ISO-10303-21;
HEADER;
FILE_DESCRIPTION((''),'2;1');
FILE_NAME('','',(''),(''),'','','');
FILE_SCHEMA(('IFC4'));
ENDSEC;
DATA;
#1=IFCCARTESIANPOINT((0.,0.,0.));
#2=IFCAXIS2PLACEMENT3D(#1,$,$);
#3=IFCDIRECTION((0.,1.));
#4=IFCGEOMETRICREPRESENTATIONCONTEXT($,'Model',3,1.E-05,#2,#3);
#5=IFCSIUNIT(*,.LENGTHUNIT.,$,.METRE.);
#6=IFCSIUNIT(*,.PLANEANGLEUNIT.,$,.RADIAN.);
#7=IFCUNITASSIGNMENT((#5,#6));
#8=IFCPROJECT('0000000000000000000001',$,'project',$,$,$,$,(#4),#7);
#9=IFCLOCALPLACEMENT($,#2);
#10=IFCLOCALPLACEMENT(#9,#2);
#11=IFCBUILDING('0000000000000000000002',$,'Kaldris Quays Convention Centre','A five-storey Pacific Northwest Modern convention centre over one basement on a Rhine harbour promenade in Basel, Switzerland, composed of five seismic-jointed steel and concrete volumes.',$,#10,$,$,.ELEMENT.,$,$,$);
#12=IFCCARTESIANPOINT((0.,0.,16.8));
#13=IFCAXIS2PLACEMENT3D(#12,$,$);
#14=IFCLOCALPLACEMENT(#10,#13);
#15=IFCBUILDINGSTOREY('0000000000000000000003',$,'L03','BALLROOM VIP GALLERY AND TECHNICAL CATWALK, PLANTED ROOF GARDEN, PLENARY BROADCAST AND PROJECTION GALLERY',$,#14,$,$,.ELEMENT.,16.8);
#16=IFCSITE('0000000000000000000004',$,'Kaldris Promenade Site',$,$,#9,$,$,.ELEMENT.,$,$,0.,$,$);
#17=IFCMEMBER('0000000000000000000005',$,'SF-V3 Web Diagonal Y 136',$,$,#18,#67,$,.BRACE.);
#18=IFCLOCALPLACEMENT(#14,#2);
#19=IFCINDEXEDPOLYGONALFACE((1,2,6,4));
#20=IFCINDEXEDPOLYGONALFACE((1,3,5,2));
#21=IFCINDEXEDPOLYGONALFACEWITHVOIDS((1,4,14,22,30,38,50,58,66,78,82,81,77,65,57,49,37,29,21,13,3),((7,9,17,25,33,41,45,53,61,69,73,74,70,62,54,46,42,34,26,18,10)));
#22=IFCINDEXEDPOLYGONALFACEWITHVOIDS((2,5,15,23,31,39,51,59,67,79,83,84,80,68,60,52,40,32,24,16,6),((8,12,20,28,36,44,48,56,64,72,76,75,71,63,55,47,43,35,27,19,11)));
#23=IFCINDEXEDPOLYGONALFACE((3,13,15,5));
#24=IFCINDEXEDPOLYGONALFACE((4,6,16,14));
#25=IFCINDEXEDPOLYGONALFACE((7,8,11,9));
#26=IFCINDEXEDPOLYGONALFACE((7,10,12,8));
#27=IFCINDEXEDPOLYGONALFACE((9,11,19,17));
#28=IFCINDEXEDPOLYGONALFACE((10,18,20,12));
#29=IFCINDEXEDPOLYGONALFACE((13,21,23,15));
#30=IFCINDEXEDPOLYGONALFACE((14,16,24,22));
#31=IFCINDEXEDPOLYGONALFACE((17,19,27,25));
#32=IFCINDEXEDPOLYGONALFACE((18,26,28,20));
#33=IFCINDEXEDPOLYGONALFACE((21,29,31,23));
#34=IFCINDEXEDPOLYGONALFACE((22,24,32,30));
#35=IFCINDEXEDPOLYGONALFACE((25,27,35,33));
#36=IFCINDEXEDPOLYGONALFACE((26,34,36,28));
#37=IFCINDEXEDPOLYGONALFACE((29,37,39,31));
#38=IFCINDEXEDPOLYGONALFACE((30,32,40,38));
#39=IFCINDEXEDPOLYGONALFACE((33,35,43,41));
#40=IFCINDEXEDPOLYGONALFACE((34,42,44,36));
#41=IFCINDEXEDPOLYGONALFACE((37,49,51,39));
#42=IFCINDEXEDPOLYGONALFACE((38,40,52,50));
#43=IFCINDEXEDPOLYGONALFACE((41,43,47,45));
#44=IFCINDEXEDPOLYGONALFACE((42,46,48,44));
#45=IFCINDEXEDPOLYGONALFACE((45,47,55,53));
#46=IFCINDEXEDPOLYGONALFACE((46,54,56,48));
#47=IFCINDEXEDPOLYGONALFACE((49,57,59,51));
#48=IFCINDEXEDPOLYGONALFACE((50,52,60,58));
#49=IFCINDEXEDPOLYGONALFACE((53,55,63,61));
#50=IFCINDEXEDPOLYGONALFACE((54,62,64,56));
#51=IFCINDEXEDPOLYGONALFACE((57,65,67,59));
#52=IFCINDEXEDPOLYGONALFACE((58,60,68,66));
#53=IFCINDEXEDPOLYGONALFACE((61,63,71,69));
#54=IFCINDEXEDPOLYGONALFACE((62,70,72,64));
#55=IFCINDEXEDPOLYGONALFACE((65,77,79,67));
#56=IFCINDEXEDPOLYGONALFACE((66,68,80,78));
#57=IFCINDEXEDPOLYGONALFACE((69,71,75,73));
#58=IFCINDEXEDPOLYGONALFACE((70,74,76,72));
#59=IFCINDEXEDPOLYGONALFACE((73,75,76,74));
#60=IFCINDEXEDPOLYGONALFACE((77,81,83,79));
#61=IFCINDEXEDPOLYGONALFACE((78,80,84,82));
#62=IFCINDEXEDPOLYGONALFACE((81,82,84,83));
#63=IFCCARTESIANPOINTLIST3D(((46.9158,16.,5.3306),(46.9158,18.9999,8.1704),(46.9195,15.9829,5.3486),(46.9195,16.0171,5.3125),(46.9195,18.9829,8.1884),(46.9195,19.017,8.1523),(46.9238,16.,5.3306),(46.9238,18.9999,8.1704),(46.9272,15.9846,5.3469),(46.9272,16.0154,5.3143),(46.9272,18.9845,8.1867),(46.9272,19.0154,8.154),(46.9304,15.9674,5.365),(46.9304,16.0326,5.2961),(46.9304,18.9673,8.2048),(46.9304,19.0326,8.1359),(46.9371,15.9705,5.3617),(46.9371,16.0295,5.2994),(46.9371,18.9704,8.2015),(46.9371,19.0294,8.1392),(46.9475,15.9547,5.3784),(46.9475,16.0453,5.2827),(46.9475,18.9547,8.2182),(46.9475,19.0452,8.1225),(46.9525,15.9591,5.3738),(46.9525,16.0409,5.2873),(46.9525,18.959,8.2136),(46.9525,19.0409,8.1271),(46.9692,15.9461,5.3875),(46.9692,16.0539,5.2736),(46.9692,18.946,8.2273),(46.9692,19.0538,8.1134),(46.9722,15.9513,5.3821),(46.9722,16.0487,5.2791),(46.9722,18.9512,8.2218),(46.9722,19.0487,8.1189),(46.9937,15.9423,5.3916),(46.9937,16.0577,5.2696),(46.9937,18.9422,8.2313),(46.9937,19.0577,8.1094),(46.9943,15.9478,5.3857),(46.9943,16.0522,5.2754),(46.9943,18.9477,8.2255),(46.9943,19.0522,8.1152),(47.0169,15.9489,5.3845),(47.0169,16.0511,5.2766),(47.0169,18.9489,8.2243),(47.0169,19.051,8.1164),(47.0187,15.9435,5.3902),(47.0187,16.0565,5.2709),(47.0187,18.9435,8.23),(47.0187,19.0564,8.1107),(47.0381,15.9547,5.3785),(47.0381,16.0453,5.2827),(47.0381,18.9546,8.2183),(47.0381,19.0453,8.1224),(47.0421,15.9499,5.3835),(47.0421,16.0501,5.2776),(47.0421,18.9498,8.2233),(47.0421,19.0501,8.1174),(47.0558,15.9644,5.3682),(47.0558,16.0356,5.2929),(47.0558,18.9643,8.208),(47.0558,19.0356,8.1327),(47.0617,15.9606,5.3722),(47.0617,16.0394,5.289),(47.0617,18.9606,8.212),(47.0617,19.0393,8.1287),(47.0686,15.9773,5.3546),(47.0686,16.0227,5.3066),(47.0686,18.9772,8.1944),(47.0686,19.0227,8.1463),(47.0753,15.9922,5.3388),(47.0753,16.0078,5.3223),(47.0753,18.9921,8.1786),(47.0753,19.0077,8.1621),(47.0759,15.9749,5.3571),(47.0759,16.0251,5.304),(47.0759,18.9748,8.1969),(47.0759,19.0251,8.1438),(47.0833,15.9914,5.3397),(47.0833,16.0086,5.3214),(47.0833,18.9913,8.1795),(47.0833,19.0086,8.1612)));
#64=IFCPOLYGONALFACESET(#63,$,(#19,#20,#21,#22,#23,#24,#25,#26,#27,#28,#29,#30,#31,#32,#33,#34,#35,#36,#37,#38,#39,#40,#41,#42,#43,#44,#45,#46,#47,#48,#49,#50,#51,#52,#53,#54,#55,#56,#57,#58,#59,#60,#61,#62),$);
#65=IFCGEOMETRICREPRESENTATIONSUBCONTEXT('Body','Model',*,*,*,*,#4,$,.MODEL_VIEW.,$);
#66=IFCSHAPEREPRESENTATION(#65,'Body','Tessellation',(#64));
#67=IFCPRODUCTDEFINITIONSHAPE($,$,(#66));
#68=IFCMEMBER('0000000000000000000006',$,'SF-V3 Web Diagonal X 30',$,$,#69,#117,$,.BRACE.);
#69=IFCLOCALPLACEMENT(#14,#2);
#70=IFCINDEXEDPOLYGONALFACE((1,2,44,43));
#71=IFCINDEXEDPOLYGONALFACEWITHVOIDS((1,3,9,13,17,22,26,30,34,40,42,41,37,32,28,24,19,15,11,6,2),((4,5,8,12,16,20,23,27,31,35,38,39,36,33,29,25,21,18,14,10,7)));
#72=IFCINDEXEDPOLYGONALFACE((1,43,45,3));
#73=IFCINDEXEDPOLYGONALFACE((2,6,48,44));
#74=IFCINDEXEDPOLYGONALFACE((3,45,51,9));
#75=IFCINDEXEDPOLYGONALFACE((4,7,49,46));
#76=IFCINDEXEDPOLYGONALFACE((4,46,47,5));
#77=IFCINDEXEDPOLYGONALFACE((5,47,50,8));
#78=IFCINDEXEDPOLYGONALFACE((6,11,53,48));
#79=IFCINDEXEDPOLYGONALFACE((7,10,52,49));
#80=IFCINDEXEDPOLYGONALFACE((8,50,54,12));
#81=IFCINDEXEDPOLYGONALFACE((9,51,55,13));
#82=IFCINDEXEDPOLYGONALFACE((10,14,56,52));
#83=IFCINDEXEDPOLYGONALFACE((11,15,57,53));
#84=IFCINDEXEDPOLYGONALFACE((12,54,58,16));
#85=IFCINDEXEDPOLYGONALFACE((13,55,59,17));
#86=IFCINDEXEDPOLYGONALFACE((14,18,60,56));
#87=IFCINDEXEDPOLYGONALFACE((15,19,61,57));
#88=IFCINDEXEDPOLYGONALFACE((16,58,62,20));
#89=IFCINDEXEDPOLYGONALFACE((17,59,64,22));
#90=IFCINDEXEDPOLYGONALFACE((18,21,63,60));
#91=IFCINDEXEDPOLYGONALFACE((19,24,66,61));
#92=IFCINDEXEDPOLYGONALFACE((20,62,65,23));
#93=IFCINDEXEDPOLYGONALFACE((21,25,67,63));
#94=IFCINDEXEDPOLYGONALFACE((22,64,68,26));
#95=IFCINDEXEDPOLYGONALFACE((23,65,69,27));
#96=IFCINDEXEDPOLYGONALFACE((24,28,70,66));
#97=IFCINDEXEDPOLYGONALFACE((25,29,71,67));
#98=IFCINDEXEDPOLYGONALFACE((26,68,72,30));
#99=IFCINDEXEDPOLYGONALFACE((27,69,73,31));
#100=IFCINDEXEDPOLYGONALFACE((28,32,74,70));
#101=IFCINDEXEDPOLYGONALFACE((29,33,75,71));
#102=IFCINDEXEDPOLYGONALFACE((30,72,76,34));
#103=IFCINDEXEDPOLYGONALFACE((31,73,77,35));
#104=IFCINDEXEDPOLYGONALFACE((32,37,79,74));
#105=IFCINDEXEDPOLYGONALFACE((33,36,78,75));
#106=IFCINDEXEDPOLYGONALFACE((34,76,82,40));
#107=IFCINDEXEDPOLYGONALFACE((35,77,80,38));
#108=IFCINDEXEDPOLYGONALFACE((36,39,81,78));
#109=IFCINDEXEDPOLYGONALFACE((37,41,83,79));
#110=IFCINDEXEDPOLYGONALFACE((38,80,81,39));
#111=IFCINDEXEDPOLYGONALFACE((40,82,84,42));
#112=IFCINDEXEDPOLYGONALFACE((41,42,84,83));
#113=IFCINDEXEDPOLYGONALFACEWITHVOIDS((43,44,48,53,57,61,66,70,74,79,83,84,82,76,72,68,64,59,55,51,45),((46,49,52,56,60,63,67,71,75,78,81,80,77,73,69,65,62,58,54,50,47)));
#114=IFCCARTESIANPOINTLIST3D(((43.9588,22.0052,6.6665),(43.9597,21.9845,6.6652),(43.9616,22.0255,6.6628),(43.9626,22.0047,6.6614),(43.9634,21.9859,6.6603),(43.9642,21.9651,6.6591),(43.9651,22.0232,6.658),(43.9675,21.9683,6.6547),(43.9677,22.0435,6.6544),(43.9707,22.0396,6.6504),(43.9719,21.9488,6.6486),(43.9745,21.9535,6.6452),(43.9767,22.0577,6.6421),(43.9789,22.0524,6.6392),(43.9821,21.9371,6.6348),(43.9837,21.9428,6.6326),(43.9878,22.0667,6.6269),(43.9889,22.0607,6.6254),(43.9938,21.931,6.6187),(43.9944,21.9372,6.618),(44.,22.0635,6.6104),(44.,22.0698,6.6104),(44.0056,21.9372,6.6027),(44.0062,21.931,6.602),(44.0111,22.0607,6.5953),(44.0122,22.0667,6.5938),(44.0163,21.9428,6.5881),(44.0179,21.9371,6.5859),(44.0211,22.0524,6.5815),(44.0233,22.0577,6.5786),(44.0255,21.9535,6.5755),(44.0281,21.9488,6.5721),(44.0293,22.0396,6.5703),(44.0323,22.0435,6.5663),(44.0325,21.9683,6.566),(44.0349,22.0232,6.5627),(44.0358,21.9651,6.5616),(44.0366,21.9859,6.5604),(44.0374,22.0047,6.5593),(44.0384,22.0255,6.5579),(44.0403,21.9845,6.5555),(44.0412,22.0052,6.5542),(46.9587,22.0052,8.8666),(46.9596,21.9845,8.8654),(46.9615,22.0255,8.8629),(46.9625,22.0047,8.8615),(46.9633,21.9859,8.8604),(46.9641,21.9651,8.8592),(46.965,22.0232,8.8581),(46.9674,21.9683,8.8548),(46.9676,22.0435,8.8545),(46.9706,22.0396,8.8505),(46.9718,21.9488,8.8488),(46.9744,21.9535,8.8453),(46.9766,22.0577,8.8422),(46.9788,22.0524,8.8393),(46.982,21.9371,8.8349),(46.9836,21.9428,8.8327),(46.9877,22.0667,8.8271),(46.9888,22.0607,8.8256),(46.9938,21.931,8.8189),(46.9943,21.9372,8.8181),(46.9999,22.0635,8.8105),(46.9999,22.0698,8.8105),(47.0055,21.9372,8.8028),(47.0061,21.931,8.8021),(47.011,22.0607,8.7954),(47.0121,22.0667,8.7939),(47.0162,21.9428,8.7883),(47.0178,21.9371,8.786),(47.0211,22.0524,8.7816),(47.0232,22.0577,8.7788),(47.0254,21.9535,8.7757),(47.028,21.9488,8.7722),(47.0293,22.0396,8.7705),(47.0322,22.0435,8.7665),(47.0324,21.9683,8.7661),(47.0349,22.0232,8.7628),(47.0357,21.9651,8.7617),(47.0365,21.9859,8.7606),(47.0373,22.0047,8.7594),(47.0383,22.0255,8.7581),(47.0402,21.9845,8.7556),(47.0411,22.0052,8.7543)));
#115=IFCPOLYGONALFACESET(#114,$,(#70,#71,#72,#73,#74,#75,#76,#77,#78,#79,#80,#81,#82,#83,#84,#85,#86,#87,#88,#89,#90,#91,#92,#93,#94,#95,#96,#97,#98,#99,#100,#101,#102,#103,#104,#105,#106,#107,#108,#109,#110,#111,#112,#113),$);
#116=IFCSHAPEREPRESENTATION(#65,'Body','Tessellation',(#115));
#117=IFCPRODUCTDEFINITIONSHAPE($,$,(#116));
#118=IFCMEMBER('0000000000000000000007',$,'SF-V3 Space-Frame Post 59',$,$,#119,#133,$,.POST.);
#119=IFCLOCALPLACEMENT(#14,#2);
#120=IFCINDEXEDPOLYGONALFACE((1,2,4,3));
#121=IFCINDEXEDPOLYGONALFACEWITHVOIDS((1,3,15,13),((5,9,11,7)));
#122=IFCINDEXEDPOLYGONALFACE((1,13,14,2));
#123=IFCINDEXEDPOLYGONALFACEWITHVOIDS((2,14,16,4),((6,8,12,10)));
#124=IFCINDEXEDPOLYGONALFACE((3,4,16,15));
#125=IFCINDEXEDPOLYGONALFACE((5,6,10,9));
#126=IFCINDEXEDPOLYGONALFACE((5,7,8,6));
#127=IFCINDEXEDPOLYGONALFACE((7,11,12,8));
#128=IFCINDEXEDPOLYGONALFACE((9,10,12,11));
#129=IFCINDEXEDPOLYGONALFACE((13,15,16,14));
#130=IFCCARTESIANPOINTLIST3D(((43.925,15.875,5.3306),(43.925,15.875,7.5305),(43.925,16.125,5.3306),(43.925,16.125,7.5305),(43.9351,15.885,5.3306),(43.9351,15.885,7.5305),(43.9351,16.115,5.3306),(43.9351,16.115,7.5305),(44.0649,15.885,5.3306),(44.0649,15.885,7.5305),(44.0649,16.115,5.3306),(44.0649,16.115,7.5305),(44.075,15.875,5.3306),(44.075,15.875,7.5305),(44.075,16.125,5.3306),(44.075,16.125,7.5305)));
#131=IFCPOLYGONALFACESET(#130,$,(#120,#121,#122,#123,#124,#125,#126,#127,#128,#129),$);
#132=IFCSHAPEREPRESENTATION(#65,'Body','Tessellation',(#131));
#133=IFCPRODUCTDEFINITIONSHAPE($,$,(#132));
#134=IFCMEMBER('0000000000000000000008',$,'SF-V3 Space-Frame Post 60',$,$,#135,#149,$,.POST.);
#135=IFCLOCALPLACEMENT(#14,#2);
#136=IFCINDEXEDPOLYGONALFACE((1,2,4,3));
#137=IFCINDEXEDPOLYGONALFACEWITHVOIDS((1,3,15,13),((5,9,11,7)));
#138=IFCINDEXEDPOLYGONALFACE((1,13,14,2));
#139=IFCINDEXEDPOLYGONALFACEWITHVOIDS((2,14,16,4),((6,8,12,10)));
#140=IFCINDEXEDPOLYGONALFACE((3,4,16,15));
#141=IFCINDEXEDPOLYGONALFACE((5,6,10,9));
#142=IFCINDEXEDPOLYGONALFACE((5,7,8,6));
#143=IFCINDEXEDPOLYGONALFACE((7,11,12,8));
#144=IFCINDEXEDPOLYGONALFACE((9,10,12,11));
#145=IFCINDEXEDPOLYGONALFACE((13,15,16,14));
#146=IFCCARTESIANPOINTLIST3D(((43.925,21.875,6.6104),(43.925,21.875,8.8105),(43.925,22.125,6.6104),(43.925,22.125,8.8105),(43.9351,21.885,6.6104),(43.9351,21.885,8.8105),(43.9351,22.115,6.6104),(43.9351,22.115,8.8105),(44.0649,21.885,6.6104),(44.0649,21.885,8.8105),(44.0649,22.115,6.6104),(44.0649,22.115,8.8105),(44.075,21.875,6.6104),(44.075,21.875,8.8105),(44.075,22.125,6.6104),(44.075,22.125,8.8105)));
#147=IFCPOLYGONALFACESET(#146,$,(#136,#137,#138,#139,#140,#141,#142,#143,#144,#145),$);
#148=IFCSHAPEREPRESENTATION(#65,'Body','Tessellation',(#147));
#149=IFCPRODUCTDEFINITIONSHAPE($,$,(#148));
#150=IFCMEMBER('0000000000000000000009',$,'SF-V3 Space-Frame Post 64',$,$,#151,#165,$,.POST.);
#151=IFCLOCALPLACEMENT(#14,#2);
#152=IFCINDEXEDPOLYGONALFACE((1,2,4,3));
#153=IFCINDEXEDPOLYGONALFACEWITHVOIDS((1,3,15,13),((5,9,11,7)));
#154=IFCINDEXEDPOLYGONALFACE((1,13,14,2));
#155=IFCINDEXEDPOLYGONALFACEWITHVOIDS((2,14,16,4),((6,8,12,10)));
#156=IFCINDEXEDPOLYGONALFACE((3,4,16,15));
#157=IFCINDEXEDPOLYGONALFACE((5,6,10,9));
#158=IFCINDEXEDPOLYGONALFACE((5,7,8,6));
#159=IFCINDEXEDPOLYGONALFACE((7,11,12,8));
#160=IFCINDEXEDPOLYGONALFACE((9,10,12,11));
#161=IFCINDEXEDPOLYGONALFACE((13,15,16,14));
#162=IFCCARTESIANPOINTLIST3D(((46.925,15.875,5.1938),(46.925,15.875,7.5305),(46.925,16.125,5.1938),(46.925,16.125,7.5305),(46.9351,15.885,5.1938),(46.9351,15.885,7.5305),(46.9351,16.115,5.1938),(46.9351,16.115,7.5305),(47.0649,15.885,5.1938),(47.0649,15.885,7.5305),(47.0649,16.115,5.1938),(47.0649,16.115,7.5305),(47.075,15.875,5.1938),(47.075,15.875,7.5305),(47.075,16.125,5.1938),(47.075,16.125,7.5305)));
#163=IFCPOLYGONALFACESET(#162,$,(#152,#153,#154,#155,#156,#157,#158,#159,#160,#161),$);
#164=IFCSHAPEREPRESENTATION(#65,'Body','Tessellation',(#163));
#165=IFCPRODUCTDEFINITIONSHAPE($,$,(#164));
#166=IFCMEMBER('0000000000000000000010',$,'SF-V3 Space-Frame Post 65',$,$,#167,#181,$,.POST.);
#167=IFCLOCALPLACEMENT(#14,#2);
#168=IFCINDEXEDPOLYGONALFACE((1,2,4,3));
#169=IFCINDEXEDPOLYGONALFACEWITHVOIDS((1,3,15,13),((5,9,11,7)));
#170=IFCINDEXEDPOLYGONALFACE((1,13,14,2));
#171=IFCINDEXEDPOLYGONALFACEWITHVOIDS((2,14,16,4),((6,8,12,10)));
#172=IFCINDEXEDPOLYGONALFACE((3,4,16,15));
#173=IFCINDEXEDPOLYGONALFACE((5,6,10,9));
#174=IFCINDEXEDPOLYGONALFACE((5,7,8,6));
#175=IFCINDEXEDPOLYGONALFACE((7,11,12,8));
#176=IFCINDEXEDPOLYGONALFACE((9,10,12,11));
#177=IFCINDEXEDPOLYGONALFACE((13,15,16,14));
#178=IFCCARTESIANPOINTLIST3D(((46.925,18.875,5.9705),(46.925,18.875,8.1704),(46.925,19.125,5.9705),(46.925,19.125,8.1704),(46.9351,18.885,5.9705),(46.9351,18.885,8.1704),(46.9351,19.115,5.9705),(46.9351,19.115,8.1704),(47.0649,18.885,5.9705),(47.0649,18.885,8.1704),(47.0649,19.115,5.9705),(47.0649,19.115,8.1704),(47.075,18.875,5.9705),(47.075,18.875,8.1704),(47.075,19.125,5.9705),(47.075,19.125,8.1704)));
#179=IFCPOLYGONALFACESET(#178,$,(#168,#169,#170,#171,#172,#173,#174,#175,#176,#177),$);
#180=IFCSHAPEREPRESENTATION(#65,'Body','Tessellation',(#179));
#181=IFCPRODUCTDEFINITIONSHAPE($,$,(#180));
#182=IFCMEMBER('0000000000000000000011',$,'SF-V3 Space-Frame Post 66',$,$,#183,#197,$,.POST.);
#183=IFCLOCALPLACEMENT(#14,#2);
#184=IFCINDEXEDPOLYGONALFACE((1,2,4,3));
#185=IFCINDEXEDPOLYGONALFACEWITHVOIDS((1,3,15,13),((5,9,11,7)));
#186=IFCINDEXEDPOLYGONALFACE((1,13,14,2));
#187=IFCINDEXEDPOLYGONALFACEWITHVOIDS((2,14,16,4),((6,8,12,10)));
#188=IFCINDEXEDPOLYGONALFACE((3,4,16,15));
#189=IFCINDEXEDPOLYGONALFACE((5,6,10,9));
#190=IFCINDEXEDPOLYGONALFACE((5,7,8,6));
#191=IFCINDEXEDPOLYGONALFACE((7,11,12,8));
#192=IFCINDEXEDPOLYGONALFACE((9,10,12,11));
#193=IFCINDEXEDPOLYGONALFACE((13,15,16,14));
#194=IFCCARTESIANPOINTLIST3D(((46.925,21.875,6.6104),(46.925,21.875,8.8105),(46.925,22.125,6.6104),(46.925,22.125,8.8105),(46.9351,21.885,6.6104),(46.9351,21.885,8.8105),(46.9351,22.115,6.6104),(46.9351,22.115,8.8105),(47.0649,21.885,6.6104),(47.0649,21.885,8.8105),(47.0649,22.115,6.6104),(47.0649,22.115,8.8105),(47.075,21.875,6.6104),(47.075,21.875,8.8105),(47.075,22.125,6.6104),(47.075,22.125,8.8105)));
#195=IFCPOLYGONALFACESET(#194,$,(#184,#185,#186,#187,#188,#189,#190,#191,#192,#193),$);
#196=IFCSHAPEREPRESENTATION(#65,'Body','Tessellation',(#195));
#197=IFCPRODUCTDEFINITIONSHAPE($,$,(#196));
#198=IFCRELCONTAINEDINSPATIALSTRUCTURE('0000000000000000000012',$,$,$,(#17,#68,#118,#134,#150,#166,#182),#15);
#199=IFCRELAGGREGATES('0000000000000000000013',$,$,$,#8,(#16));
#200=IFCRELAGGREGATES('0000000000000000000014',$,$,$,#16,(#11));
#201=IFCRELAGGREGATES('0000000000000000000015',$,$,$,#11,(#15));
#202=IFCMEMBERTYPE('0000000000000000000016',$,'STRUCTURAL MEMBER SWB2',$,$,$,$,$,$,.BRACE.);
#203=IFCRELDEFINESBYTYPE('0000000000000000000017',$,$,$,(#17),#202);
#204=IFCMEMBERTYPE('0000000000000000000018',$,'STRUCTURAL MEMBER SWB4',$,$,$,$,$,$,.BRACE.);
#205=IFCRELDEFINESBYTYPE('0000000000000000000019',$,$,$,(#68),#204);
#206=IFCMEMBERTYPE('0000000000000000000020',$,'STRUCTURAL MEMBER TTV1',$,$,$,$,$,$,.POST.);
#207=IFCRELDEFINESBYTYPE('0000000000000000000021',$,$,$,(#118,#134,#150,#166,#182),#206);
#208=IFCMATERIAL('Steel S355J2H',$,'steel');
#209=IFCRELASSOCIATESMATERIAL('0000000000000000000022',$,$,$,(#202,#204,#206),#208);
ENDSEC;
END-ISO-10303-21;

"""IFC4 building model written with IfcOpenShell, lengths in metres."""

from ifc_helpers import new_model, si_unit, direction, frame, origin, origin_2d, place, context, subcontext, project, spatial, hollow_rectangle, hollow_circle, extrude, material, material_profile, profile_set, type_object, element, save


model = new_model("IFC4")

# Units and contexts
model_context = context("Model", 3, precision=1e-05, world=origin(), true_north=direction((0.0, 1.0)))
body_context = subcontext(model_context, "Body", "Model", "MODEL_VIEW")
ifc_project = project(units=[si_unit("LENGTHUNIT", "METRE"), si_unit("PLANEANGLEUNIT", "RADIAN")], contexts=[model_context])

# Site, building, storey
site_placement = place(None, origin())
site = spatial("IfcSite", under=ifc_project, at=site_placement, Name="Kaldris Promenade Site", CompositionType="ELEMENT", RefElevation=0.0)
building_placement = place(site_placement, origin())
building = spatial("IfcBuilding", under=site, at=building_placement, Name="Kaldris Quays Convention Centre", Description="A five-storey Pacific Northwest Modern convention centre over one basement on a Rhine harbour promenade in Basel, Switzerland, composed of five seismic-jointed steel and concrete volumes.", CompositionType="ELEMENT")
storey_placement = place(building_placement, frame((0.0, 0.0, 16.8)))
storey = spatial("IfcBuildingStorey", under=building, at=storey_placement, Name="L03", Description="BALLROOM VIP GALLERY AND TECHNICAL CATWALK, PLANTED ROOF GARDEN, PLENARY BROADCAST AND PROJECTION GALLERY", CompositionType="ELEMENT", Elevation=16.8)

# Members
ifc_material_1 = material(Name="Steel S355J2H", Category="steel")
ifc_material_profile_1 = material_profile(ifc_material_1, hollow_circle(Radius=0.0842, WallThickness=0.0081, at=origin_2d()), Name="CHS 168.3x8")
ifc_profile_set_1 = profile_set([ifc_material_profile_1], Name="Steel S355J2H")
member_type_1 = type_object("IfcMemberType", Name="STRUCTURAL MEMBER SWB2", PredefinedType="BRACE", material=ifc_profile_set_1)
member_1_placement = place(storey_placement, frame((47.0, 16.0, 5.3306), z_axis=(0.0, 0.726226, 0.687456), x_axis=(-1.0, 0.0, 0.0)))
element("IfcMember", 1, at=member_1_placement, inside=storey, type_object=member_type_1, Name="SF-V3 Web Diagonal Y 136", PredefinedType="BRACE", context=body_context, shape_type="SweptSolid", body=[
    extrude(hollow_circle(Radius=0.0842, WallThickness=0.0081, at=origin_2d()), origin(), (0.0, 0.0, 1.0), 4.1309),
])
ifc_material_profile_2 = material_profile(ifc_material_1, hollow_circle(Radius=0.0698, WallThickness=0.0063, at=origin_2d()), Name="CHS 139.7x6.3")
ifc_profile_set_2 = profile_set([ifc_material_profile_2], Name="Steel S355J2H")
member_type_2 = type_object("IfcMemberType", Name="STRUCTURAL MEMBER SWB4", PredefinedType="BRACE", material=ifc_profile_set_2)
member_2_placement = place(storey_placement, frame((44.0, 22.0, 6.6104), z_axis=(0.80638, 0.0, 0.591398), x_axis=(0.0, 1.0, 0.0)))
element("IfcMember", 2, at=member_2_placement, inside=storey, type_object=member_type_2, Name="SF-V3 Web Diagonal X 30", PredefinedType="BRACE", context=body_context, shape_type="SweptSolid", body=[
    extrude(hollow_circle(Radius=0.0698, WallThickness=0.0063, at=origin_2d()), origin(), (0.0, 0.0, 1.0), 3.7202),
])
ifc_material_profile_3 = material_profile(ifc_material_1, hollow_rectangle(XDim=0.1499, YDim=0.25, WallThickness=0.01, at=origin_2d()), Name="RHS 250x150x10")
ifc_profile_set_3 = profile_set([ifc_material_profile_3], Name="Steel S355J2H")
member_type_3 = type_object("IfcMemberType", Name="STRUCTURAL MEMBER TTV1", PredefinedType="POST", material=ifc_profile_set_3)
member_3_placement = place(storey_placement, frame((44.0, 16.0, 5.3306), z_axis=(0.0, 0.0, 1.0), x_axis=(1.0, 0.0, 0.0)))
element("IfcMember", 3, at=member_3_placement, inside=storey, type_object=member_type_3, Name="SF-V3 Space-Frame Post 59", PredefinedType="POST", context=body_context, shape_type="SweptSolid", body=[
    extrude(hollow_rectangle(XDim=0.1499, YDim=0.25, WallThickness=0.01, at=origin_2d()), origin(), (0.0, 0.0, 1.0), 2.2),
])
member_4_placement = place(storey_placement, frame((44.0, 22.0, 6.6104), z_axis=(0.0, 0.0, 1.0), x_axis=(1.0, 0.0, 0.0)))
element("IfcMember", 4, at=member_4_placement, inside=storey, type_object=member_type_3, Name="SF-V3 Space-Frame Post 60", PredefinedType="POST", context=body_context, shape_type="SweptSolid", body=[
    extrude(hollow_rectangle(XDim=0.1499, YDim=0.25, WallThickness=0.01, at=origin_2d()), origin(), (0.0, 0.0, 1.0), 2.2002),
])
member_5_placement = place(storey_placement, frame((47.0, 16.0, 5.1938), z_axis=(0.0, 0.0, 1.0), x_axis=(1.0, 0.0, 0.0)))
element("IfcMember", 5, at=member_5_placement, inside=storey, type_object=member_type_3, Name="SF-V3 Space-Frame Post 64", PredefinedType="POST", context=body_context, shape_type="SweptSolid", body=[
    extrude(hollow_rectangle(XDim=0.1499, YDim=0.25, WallThickness=0.01, at=origin_2d()), origin(), (0.0, 0.0, 1.0), 2.3367),
])
member_6_placement = place(storey_placement, frame((47.0, 19.0, 5.9705), z_axis=(0.0, 0.0, 1.0), x_axis=(1.0, 0.0, 0.0)))
element("IfcMember", 6, at=member_6_placement, inside=storey, type_object=member_type_3, Name="SF-V3 Space-Frame Post 65", PredefinedType="POST", context=body_context, shape_type="SweptSolid", body=[
    extrude(hollow_rectangle(XDim=0.1499, YDim=0.25, WallThickness=0.01, at=origin_2d()), origin(), (0.0, 0.0, 1.0), 2.2),
])
member_7_placement = place(storey_placement, frame((47.0, 22.0, 6.6104), z_axis=(0.0, 0.0, 1.0), x_axis=(1.0, 0.0, 0.0)))
element("IfcMember", 7, at=member_7_placement, inside=storey, type_object=member_type_3, Name="SF-V3 Space-Frame Post 66", PredefinedType="POST", context=body_context, shape_type="SweptSolid", body=[
    extrude(hollow_rectangle(XDim=0.1499, YDim=0.25, WallThickness=0.01, at=origin_2d()), origin(), (0.0, 0.0, 1.0), 2.2002),
])

save(model, "model.ifc")
